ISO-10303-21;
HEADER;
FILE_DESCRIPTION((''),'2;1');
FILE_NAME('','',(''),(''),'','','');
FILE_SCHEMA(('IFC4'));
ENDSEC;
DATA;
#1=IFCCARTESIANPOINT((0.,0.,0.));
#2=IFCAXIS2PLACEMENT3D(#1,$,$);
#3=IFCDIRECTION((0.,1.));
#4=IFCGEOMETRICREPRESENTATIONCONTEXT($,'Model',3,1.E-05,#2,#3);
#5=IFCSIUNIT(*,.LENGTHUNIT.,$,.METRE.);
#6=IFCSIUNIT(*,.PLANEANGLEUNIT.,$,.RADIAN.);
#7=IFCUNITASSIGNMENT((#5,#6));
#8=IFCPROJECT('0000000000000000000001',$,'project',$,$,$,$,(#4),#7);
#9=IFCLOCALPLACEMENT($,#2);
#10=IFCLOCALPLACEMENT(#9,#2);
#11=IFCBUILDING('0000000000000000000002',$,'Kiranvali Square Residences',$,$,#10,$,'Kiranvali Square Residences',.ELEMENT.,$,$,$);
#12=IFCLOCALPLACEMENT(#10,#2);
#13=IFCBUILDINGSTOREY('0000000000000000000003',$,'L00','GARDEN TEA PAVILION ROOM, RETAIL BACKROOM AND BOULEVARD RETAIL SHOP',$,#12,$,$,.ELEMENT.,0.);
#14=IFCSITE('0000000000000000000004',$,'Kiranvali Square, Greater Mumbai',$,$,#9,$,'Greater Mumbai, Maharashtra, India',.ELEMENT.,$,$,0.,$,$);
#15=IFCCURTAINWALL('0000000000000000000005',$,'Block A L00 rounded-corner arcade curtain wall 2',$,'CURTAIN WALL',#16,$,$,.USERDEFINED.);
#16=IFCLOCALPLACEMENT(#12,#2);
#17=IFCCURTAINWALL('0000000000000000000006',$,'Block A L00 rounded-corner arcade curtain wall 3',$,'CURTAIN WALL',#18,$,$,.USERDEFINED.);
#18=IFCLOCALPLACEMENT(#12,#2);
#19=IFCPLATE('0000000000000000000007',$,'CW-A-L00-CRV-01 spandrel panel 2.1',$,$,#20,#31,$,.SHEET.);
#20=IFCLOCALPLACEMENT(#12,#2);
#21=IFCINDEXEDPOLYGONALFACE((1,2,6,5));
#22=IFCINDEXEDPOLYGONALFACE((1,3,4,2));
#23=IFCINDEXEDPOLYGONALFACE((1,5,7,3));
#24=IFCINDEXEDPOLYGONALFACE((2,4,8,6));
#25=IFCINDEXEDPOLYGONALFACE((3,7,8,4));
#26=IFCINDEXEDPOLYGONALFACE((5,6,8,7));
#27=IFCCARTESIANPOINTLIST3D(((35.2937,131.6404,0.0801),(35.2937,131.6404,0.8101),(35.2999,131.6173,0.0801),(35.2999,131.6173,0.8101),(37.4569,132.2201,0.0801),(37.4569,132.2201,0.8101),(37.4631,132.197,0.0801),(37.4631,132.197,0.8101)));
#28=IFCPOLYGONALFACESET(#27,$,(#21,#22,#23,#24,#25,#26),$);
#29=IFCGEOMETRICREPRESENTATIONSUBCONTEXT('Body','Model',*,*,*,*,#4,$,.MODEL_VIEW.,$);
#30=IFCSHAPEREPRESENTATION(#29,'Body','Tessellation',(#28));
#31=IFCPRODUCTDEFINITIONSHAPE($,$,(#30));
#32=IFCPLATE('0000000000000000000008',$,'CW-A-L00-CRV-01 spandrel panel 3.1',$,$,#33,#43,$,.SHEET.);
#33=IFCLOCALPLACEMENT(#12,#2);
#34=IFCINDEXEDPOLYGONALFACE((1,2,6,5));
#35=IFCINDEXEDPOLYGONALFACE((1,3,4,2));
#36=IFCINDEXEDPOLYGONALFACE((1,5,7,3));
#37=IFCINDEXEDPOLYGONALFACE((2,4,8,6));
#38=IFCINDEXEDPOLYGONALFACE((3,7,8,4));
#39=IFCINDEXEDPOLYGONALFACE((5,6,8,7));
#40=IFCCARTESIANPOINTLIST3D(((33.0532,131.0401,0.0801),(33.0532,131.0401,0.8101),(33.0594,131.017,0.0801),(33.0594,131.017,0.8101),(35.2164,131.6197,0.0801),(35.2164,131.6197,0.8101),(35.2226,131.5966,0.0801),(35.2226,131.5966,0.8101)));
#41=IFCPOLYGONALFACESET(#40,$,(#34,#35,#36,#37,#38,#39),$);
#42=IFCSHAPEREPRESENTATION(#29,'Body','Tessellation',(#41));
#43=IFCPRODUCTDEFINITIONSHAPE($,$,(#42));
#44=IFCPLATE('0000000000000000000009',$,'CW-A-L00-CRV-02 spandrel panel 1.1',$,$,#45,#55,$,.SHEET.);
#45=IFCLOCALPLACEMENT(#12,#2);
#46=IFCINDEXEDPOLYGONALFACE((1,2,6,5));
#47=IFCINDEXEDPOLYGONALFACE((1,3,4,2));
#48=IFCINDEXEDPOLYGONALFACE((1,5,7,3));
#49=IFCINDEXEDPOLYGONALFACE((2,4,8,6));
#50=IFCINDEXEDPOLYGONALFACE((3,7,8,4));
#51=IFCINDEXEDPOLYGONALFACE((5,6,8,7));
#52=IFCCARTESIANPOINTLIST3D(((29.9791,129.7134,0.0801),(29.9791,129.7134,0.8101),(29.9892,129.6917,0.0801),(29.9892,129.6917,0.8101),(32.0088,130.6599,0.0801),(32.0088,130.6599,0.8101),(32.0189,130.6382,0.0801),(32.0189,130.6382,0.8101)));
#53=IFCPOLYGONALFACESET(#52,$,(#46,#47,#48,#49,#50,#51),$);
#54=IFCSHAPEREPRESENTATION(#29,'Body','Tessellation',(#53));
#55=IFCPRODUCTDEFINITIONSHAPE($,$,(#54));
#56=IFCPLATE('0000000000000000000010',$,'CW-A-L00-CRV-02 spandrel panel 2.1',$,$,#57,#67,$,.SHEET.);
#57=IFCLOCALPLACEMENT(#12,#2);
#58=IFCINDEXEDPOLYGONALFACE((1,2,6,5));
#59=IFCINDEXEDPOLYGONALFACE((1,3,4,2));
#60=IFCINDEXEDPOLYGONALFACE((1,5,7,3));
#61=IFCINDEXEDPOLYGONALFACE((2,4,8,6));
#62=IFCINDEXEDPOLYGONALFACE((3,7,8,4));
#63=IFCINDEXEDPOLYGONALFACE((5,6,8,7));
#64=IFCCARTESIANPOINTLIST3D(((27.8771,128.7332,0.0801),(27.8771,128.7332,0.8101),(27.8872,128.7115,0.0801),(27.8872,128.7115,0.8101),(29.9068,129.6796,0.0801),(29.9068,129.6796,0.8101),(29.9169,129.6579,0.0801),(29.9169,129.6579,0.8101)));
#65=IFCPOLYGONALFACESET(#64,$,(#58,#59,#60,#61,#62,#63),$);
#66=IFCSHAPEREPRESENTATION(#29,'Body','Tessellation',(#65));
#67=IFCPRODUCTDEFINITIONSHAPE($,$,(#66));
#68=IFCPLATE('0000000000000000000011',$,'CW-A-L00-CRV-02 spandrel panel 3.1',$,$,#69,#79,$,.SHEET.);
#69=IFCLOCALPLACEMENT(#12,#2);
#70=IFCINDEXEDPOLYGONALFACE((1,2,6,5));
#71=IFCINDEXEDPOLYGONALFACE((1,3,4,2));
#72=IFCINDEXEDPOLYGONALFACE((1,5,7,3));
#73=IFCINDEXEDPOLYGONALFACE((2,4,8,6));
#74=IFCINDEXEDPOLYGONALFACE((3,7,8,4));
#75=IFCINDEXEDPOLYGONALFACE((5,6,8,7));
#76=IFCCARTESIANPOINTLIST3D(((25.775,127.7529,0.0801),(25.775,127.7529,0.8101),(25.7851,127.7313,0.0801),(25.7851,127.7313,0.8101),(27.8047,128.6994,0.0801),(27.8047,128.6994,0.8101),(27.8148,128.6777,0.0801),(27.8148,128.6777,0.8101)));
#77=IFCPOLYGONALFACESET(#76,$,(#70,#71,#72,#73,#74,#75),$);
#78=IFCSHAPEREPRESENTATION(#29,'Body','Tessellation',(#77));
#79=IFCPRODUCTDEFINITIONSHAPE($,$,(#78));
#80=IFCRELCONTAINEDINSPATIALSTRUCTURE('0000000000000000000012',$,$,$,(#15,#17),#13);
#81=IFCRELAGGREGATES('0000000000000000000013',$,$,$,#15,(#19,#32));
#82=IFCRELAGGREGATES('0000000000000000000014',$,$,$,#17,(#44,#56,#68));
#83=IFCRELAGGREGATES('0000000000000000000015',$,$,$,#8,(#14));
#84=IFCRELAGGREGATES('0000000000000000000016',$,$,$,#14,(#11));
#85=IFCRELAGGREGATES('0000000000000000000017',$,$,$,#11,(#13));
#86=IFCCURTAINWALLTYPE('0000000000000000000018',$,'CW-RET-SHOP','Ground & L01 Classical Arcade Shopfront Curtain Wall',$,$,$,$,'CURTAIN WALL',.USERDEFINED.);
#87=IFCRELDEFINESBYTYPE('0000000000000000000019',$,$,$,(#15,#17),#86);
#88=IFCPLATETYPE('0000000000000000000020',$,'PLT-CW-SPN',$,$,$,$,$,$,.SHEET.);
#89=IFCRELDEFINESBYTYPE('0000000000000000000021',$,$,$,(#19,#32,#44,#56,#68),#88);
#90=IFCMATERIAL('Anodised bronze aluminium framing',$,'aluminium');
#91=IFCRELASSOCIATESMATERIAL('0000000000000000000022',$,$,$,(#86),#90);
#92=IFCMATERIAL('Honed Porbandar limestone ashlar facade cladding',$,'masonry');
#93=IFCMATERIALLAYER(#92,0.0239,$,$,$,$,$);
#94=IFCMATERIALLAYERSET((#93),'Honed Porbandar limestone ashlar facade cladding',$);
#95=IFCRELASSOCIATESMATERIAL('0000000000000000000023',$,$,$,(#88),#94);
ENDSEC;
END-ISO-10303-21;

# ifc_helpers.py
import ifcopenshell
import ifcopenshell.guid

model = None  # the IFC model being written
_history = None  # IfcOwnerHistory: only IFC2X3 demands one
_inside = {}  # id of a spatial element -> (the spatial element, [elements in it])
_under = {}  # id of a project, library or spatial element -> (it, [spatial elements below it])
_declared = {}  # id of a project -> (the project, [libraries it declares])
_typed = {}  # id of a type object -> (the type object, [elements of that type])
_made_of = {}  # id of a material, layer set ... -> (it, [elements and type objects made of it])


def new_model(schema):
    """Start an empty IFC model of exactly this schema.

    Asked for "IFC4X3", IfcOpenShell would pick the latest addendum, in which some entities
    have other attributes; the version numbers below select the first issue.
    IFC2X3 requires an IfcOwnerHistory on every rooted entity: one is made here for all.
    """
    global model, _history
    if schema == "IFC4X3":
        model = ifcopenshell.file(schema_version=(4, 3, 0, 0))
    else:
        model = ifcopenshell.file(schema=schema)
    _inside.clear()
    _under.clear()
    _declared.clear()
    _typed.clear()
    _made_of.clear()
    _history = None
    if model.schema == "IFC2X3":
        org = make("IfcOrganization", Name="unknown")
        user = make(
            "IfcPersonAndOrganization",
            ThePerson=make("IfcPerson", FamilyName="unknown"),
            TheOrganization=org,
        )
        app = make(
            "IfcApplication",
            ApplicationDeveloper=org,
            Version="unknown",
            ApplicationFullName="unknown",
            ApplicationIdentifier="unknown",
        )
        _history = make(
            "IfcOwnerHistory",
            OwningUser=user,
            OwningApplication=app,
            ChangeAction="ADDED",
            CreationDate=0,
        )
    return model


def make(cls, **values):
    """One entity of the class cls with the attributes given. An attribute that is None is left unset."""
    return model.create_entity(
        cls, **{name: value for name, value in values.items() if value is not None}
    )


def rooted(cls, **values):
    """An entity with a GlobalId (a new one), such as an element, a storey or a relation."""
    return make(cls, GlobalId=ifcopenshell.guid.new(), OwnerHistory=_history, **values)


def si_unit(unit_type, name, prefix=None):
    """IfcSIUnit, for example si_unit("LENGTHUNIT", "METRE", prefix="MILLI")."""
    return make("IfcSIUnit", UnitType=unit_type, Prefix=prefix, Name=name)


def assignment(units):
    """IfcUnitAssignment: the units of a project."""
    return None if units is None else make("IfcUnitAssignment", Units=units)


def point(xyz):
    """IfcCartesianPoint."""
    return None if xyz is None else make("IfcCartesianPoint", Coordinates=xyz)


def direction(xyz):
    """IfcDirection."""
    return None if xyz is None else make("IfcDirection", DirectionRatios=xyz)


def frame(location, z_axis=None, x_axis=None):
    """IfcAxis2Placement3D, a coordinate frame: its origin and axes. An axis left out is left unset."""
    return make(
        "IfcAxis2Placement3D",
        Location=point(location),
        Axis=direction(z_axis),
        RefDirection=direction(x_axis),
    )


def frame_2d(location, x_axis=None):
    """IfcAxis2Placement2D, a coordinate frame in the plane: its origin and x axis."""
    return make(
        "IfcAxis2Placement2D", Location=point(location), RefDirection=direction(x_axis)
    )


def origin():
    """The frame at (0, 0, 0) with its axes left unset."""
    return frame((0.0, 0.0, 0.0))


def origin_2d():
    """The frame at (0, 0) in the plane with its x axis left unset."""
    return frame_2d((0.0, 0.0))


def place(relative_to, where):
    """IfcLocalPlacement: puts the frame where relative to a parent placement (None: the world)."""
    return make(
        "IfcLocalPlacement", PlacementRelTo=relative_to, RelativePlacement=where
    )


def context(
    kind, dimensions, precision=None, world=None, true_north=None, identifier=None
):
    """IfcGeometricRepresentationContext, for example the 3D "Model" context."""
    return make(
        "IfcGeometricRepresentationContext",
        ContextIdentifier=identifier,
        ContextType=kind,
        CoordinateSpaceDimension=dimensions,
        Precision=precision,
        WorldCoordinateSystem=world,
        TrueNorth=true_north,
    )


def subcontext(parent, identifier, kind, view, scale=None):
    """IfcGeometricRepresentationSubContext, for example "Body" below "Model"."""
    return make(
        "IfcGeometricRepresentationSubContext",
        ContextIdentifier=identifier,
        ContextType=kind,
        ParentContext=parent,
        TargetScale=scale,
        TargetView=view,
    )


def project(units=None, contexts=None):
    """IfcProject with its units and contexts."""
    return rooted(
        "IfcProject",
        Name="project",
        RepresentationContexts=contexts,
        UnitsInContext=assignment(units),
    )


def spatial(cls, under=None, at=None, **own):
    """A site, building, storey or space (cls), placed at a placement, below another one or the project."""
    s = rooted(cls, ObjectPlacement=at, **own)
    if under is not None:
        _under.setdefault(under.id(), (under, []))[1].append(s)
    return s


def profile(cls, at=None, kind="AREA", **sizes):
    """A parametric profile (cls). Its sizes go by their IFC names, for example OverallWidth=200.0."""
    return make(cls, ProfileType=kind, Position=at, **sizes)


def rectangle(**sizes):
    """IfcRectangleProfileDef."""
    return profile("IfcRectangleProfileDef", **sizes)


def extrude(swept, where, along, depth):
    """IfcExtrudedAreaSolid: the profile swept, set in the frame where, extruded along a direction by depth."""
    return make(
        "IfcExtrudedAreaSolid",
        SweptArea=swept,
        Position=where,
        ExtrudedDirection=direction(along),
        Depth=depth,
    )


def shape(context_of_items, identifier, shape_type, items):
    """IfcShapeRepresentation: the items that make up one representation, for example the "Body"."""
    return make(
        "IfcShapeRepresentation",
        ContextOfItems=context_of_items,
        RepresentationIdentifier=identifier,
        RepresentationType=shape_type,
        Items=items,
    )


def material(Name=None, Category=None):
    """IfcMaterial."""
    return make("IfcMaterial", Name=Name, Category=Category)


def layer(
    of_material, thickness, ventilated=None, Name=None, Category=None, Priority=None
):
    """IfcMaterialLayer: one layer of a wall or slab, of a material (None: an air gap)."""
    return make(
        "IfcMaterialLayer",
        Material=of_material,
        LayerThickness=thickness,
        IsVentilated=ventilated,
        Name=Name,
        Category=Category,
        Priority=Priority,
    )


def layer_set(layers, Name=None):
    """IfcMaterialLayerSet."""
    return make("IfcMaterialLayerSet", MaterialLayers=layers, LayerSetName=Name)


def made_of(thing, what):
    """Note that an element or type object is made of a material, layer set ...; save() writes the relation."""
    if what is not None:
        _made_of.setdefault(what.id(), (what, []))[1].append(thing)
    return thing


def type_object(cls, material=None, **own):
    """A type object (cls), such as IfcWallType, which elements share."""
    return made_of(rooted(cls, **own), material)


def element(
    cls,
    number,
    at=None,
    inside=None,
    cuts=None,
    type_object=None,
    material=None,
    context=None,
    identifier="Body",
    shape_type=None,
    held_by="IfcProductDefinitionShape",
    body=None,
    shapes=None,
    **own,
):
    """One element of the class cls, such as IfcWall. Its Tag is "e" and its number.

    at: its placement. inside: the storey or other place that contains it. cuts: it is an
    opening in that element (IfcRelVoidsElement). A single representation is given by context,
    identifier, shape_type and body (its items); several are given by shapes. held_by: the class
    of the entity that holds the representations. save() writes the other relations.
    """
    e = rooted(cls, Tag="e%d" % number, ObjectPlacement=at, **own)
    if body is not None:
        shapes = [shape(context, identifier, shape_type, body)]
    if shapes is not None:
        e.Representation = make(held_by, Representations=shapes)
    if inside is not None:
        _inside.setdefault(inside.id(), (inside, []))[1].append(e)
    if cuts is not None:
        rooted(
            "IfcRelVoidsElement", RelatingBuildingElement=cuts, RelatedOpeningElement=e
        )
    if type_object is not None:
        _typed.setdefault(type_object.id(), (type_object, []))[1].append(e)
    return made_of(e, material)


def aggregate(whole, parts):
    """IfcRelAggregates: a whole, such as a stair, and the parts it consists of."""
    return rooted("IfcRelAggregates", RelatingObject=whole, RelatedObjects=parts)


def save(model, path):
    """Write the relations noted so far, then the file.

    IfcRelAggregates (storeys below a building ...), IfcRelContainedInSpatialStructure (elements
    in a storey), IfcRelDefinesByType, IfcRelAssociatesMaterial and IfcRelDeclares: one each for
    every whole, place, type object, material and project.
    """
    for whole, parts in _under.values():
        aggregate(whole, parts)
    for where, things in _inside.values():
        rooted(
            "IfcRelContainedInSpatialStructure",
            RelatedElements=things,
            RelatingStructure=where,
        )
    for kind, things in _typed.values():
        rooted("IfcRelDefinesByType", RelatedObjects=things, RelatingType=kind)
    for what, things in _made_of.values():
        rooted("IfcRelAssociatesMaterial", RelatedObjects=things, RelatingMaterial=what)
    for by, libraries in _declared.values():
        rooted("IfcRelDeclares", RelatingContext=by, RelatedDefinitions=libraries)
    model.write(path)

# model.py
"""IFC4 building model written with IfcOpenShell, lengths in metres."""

from ifc_helpers import new_model, si_unit, direction, frame, origin, origin_2d, place, context, subcontext, project, spatial, rectangle, extrude, material, layer, layer_set, type_object, element, aggregate, save


model = new_model("IFC4")

# Units and contexts
model_context = context("Model", 3, precision=1e-05, world=origin(), true_north=direction((0.0, 1.0)))
body_context = subcontext(model_context, "Body", "Model", "MODEL_VIEW")
ifc_project = project(units=[si_unit("LENGTHUNIT", "METRE"), si_unit("PLANEANGLEUNIT", "RADIAN")], contexts=[model_context])

# Site, building, storey
site_placement = place(None, origin())
site = spatial("IfcSite", under=ifc_project, at=site_placement, Name="Kiranvali Square, Greater Mumbai", LongName="Greater Mumbai, Maharashtra, India", CompositionType="ELEMENT", RefElevation=0.0)
building_placement = place(site_placement, origin())
building = spatial("IfcBuilding", under=site, at=building_placement, Name="Kiranvali Square Residences", LongName="Kiranvali Square Residences", CompositionType="ELEMENT")
storey_placement = place(building_placement, origin())
storey = spatial("IfcBuildingStorey", under=building, at=storey_placement, Name="L00", Description="GARDEN TEA PAVILION ROOM, RETAIL BACKROOM AND BOULEVARD RETAIL SHOP", CompositionType="ELEMENT", Elevation=0.0)

# Curtain walls
ifc_material_1 = material(Name="Anodised bronze aluminium framing", Category="aluminium")
curtain_wall_type = type_object("IfcCurtainWallType", Name="CW-RET-SHOP", Description="Ground & L01 Classical Arcade Shopfront Curtain Wall", ElementType="CURTAIN WALL", PredefinedType="USERDEFINED", material=ifc_material_1)
curtain_wall_1_placement = place(storey_placement, origin())
curtain_wall_1 = element("IfcCurtainWall", 1, at=curtain_wall_1_placement, inside=storey, type_object=curtain_wall_type, Name="Block A L00 rounded-corner arcade curtain wall 2", ObjectType="CURTAIN WALL", PredefinedType="USERDEFINED")
curtain_wall_2_placement = place(storey_placement, origin())
curtain_wall_2 = element("IfcCurtainWall", 2, at=curtain_wall_2_placement, inside=storey, type_object=curtain_wall_type, Name="Block A L00 rounded-corner arcade curtain wall 3", ObjectType="CURTAIN WALL", PredefinedType="USERDEFINED")

# Plates
ifc_material_2 = material(Name="Honed Porbandar limestone ashlar facade cladding", Category="masonry")
ifc_layer_1 = layer(ifc_material_2, 0.0239)
ifc_layer_set_1 = layer_set([ifc_layer_1], Name="Honed Porbandar limestone ashlar facade cladding")
plate_type_1 = type_object("IfcPlateType", Name="PLT-CW-SPN", PredefinedType="SHEET", material=ifc_layer_set_1)
plate_1_placement = place(storey_placement, frame((36.3784, 131.9187, 0.0801), z_axis=(0.0, 0.0, 1.0), x_axis=(-0.965926, -0.258819, 0.0)))
plate_1 = element("IfcPlate", 3, at=plate_1_placement, type_object=plate_type_1, Name="CW-A-L00-CRV-01 spandrel panel 2.1", PredefinedType="SHEET", context=body_context, shape_type="SweptSolid", body=[
    extrude(rectangle(XDim=2.2395, YDim=0.0239, at=origin_2d()), origin(), (0.0, 0.0, 1.0), 0.73),
])
plate_2_placement = place(storey_placement, frame((34.1379, 131.3184, 0.0801), z_axis=(0.0, 0.0, 1.0), x_axis=(-0.965926, -0.258819, 0.0)))
plate_2 = element("IfcPlate", 4, at=plate_2_placement, type_object=plate_type_1, Name="CW-A-L00-CRV-01 spandrel panel 3.1", PredefinedType="SHEET", context=body_context, shape_type="SweptSolid", body=[
    extrude(rectangle(XDim=2.2395, YDim=0.0239, at=origin_2d()), origin(), (0.0, 0.0, 1.0), 0.73),
])
aggregate(curtain_wall_1, [plate_1, plate_2])
plate_3_placement = place(storey_placement, frame((30.999, 130.1758, 0.0801), z_axis=(0.0, 0.0, 1.0), x_axis=(-0.906308, -0.422618, 0.0)))
plate_3 = element("IfcPlate", 5, at=plate_3_placement, type_object=plate_type_1, Name="CW-A-L00-CRV-02 spandrel panel 1.1", PredefinedType="SHEET", context=body_context, shape_type="SweptSolid", body=[
    extrude(rectangle(XDim=2.2395, YDim=0.0239, at=origin_2d()), origin(), (0.0, 0.0, 1.0), 0.73),
])
plate_4_placement = place(storey_placement, frame((28.897, 129.1956, 0.0801), z_axis=(0.0, 0.0, 1.0), x_axis=(-0.906308, -0.422618, 0.0)))
plate_4 = element("IfcPlate", 6, at=plate_4_placement, type_object=plate_type_1, Name="CW-A-L00-CRV-02 spandrel panel 2.1", PredefinedType="SHEET", context=body_context, shape_type="SweptSolid", body=[
    extrude(rectangle(XDim=2.2395, YDim=0.0239, at=origin_2d()), origin(), (0.0, 0.0, 1.0), 0.73),
])
plate_5_placement = place(storey_placement, frame((26.7949, 128.2153, 0.0801), z_axis=(0.0, 0.0, 1.0), x_axis=(-0.906308, -0.422618, 0.0)))
plate_5 = element("IfcPlate", 7, at=plate_5_placement, type_object=plate_type_1, Name="CW-A-L00-CRV-02 spandrel panel 3.1", PredefinedType="SHEET", context=body_context, shape_type="SweptSolid", body=[
    extrude(rectangle(XDim=2.2395, YDim=0.0239, at=origin_2d()), origin(), (0.0, 0.0, 1.0), 0.73),
])
aggregate(curtain_wall_2, [plate_3, plate_4, plate_5])

save(model, "model.ifc")
